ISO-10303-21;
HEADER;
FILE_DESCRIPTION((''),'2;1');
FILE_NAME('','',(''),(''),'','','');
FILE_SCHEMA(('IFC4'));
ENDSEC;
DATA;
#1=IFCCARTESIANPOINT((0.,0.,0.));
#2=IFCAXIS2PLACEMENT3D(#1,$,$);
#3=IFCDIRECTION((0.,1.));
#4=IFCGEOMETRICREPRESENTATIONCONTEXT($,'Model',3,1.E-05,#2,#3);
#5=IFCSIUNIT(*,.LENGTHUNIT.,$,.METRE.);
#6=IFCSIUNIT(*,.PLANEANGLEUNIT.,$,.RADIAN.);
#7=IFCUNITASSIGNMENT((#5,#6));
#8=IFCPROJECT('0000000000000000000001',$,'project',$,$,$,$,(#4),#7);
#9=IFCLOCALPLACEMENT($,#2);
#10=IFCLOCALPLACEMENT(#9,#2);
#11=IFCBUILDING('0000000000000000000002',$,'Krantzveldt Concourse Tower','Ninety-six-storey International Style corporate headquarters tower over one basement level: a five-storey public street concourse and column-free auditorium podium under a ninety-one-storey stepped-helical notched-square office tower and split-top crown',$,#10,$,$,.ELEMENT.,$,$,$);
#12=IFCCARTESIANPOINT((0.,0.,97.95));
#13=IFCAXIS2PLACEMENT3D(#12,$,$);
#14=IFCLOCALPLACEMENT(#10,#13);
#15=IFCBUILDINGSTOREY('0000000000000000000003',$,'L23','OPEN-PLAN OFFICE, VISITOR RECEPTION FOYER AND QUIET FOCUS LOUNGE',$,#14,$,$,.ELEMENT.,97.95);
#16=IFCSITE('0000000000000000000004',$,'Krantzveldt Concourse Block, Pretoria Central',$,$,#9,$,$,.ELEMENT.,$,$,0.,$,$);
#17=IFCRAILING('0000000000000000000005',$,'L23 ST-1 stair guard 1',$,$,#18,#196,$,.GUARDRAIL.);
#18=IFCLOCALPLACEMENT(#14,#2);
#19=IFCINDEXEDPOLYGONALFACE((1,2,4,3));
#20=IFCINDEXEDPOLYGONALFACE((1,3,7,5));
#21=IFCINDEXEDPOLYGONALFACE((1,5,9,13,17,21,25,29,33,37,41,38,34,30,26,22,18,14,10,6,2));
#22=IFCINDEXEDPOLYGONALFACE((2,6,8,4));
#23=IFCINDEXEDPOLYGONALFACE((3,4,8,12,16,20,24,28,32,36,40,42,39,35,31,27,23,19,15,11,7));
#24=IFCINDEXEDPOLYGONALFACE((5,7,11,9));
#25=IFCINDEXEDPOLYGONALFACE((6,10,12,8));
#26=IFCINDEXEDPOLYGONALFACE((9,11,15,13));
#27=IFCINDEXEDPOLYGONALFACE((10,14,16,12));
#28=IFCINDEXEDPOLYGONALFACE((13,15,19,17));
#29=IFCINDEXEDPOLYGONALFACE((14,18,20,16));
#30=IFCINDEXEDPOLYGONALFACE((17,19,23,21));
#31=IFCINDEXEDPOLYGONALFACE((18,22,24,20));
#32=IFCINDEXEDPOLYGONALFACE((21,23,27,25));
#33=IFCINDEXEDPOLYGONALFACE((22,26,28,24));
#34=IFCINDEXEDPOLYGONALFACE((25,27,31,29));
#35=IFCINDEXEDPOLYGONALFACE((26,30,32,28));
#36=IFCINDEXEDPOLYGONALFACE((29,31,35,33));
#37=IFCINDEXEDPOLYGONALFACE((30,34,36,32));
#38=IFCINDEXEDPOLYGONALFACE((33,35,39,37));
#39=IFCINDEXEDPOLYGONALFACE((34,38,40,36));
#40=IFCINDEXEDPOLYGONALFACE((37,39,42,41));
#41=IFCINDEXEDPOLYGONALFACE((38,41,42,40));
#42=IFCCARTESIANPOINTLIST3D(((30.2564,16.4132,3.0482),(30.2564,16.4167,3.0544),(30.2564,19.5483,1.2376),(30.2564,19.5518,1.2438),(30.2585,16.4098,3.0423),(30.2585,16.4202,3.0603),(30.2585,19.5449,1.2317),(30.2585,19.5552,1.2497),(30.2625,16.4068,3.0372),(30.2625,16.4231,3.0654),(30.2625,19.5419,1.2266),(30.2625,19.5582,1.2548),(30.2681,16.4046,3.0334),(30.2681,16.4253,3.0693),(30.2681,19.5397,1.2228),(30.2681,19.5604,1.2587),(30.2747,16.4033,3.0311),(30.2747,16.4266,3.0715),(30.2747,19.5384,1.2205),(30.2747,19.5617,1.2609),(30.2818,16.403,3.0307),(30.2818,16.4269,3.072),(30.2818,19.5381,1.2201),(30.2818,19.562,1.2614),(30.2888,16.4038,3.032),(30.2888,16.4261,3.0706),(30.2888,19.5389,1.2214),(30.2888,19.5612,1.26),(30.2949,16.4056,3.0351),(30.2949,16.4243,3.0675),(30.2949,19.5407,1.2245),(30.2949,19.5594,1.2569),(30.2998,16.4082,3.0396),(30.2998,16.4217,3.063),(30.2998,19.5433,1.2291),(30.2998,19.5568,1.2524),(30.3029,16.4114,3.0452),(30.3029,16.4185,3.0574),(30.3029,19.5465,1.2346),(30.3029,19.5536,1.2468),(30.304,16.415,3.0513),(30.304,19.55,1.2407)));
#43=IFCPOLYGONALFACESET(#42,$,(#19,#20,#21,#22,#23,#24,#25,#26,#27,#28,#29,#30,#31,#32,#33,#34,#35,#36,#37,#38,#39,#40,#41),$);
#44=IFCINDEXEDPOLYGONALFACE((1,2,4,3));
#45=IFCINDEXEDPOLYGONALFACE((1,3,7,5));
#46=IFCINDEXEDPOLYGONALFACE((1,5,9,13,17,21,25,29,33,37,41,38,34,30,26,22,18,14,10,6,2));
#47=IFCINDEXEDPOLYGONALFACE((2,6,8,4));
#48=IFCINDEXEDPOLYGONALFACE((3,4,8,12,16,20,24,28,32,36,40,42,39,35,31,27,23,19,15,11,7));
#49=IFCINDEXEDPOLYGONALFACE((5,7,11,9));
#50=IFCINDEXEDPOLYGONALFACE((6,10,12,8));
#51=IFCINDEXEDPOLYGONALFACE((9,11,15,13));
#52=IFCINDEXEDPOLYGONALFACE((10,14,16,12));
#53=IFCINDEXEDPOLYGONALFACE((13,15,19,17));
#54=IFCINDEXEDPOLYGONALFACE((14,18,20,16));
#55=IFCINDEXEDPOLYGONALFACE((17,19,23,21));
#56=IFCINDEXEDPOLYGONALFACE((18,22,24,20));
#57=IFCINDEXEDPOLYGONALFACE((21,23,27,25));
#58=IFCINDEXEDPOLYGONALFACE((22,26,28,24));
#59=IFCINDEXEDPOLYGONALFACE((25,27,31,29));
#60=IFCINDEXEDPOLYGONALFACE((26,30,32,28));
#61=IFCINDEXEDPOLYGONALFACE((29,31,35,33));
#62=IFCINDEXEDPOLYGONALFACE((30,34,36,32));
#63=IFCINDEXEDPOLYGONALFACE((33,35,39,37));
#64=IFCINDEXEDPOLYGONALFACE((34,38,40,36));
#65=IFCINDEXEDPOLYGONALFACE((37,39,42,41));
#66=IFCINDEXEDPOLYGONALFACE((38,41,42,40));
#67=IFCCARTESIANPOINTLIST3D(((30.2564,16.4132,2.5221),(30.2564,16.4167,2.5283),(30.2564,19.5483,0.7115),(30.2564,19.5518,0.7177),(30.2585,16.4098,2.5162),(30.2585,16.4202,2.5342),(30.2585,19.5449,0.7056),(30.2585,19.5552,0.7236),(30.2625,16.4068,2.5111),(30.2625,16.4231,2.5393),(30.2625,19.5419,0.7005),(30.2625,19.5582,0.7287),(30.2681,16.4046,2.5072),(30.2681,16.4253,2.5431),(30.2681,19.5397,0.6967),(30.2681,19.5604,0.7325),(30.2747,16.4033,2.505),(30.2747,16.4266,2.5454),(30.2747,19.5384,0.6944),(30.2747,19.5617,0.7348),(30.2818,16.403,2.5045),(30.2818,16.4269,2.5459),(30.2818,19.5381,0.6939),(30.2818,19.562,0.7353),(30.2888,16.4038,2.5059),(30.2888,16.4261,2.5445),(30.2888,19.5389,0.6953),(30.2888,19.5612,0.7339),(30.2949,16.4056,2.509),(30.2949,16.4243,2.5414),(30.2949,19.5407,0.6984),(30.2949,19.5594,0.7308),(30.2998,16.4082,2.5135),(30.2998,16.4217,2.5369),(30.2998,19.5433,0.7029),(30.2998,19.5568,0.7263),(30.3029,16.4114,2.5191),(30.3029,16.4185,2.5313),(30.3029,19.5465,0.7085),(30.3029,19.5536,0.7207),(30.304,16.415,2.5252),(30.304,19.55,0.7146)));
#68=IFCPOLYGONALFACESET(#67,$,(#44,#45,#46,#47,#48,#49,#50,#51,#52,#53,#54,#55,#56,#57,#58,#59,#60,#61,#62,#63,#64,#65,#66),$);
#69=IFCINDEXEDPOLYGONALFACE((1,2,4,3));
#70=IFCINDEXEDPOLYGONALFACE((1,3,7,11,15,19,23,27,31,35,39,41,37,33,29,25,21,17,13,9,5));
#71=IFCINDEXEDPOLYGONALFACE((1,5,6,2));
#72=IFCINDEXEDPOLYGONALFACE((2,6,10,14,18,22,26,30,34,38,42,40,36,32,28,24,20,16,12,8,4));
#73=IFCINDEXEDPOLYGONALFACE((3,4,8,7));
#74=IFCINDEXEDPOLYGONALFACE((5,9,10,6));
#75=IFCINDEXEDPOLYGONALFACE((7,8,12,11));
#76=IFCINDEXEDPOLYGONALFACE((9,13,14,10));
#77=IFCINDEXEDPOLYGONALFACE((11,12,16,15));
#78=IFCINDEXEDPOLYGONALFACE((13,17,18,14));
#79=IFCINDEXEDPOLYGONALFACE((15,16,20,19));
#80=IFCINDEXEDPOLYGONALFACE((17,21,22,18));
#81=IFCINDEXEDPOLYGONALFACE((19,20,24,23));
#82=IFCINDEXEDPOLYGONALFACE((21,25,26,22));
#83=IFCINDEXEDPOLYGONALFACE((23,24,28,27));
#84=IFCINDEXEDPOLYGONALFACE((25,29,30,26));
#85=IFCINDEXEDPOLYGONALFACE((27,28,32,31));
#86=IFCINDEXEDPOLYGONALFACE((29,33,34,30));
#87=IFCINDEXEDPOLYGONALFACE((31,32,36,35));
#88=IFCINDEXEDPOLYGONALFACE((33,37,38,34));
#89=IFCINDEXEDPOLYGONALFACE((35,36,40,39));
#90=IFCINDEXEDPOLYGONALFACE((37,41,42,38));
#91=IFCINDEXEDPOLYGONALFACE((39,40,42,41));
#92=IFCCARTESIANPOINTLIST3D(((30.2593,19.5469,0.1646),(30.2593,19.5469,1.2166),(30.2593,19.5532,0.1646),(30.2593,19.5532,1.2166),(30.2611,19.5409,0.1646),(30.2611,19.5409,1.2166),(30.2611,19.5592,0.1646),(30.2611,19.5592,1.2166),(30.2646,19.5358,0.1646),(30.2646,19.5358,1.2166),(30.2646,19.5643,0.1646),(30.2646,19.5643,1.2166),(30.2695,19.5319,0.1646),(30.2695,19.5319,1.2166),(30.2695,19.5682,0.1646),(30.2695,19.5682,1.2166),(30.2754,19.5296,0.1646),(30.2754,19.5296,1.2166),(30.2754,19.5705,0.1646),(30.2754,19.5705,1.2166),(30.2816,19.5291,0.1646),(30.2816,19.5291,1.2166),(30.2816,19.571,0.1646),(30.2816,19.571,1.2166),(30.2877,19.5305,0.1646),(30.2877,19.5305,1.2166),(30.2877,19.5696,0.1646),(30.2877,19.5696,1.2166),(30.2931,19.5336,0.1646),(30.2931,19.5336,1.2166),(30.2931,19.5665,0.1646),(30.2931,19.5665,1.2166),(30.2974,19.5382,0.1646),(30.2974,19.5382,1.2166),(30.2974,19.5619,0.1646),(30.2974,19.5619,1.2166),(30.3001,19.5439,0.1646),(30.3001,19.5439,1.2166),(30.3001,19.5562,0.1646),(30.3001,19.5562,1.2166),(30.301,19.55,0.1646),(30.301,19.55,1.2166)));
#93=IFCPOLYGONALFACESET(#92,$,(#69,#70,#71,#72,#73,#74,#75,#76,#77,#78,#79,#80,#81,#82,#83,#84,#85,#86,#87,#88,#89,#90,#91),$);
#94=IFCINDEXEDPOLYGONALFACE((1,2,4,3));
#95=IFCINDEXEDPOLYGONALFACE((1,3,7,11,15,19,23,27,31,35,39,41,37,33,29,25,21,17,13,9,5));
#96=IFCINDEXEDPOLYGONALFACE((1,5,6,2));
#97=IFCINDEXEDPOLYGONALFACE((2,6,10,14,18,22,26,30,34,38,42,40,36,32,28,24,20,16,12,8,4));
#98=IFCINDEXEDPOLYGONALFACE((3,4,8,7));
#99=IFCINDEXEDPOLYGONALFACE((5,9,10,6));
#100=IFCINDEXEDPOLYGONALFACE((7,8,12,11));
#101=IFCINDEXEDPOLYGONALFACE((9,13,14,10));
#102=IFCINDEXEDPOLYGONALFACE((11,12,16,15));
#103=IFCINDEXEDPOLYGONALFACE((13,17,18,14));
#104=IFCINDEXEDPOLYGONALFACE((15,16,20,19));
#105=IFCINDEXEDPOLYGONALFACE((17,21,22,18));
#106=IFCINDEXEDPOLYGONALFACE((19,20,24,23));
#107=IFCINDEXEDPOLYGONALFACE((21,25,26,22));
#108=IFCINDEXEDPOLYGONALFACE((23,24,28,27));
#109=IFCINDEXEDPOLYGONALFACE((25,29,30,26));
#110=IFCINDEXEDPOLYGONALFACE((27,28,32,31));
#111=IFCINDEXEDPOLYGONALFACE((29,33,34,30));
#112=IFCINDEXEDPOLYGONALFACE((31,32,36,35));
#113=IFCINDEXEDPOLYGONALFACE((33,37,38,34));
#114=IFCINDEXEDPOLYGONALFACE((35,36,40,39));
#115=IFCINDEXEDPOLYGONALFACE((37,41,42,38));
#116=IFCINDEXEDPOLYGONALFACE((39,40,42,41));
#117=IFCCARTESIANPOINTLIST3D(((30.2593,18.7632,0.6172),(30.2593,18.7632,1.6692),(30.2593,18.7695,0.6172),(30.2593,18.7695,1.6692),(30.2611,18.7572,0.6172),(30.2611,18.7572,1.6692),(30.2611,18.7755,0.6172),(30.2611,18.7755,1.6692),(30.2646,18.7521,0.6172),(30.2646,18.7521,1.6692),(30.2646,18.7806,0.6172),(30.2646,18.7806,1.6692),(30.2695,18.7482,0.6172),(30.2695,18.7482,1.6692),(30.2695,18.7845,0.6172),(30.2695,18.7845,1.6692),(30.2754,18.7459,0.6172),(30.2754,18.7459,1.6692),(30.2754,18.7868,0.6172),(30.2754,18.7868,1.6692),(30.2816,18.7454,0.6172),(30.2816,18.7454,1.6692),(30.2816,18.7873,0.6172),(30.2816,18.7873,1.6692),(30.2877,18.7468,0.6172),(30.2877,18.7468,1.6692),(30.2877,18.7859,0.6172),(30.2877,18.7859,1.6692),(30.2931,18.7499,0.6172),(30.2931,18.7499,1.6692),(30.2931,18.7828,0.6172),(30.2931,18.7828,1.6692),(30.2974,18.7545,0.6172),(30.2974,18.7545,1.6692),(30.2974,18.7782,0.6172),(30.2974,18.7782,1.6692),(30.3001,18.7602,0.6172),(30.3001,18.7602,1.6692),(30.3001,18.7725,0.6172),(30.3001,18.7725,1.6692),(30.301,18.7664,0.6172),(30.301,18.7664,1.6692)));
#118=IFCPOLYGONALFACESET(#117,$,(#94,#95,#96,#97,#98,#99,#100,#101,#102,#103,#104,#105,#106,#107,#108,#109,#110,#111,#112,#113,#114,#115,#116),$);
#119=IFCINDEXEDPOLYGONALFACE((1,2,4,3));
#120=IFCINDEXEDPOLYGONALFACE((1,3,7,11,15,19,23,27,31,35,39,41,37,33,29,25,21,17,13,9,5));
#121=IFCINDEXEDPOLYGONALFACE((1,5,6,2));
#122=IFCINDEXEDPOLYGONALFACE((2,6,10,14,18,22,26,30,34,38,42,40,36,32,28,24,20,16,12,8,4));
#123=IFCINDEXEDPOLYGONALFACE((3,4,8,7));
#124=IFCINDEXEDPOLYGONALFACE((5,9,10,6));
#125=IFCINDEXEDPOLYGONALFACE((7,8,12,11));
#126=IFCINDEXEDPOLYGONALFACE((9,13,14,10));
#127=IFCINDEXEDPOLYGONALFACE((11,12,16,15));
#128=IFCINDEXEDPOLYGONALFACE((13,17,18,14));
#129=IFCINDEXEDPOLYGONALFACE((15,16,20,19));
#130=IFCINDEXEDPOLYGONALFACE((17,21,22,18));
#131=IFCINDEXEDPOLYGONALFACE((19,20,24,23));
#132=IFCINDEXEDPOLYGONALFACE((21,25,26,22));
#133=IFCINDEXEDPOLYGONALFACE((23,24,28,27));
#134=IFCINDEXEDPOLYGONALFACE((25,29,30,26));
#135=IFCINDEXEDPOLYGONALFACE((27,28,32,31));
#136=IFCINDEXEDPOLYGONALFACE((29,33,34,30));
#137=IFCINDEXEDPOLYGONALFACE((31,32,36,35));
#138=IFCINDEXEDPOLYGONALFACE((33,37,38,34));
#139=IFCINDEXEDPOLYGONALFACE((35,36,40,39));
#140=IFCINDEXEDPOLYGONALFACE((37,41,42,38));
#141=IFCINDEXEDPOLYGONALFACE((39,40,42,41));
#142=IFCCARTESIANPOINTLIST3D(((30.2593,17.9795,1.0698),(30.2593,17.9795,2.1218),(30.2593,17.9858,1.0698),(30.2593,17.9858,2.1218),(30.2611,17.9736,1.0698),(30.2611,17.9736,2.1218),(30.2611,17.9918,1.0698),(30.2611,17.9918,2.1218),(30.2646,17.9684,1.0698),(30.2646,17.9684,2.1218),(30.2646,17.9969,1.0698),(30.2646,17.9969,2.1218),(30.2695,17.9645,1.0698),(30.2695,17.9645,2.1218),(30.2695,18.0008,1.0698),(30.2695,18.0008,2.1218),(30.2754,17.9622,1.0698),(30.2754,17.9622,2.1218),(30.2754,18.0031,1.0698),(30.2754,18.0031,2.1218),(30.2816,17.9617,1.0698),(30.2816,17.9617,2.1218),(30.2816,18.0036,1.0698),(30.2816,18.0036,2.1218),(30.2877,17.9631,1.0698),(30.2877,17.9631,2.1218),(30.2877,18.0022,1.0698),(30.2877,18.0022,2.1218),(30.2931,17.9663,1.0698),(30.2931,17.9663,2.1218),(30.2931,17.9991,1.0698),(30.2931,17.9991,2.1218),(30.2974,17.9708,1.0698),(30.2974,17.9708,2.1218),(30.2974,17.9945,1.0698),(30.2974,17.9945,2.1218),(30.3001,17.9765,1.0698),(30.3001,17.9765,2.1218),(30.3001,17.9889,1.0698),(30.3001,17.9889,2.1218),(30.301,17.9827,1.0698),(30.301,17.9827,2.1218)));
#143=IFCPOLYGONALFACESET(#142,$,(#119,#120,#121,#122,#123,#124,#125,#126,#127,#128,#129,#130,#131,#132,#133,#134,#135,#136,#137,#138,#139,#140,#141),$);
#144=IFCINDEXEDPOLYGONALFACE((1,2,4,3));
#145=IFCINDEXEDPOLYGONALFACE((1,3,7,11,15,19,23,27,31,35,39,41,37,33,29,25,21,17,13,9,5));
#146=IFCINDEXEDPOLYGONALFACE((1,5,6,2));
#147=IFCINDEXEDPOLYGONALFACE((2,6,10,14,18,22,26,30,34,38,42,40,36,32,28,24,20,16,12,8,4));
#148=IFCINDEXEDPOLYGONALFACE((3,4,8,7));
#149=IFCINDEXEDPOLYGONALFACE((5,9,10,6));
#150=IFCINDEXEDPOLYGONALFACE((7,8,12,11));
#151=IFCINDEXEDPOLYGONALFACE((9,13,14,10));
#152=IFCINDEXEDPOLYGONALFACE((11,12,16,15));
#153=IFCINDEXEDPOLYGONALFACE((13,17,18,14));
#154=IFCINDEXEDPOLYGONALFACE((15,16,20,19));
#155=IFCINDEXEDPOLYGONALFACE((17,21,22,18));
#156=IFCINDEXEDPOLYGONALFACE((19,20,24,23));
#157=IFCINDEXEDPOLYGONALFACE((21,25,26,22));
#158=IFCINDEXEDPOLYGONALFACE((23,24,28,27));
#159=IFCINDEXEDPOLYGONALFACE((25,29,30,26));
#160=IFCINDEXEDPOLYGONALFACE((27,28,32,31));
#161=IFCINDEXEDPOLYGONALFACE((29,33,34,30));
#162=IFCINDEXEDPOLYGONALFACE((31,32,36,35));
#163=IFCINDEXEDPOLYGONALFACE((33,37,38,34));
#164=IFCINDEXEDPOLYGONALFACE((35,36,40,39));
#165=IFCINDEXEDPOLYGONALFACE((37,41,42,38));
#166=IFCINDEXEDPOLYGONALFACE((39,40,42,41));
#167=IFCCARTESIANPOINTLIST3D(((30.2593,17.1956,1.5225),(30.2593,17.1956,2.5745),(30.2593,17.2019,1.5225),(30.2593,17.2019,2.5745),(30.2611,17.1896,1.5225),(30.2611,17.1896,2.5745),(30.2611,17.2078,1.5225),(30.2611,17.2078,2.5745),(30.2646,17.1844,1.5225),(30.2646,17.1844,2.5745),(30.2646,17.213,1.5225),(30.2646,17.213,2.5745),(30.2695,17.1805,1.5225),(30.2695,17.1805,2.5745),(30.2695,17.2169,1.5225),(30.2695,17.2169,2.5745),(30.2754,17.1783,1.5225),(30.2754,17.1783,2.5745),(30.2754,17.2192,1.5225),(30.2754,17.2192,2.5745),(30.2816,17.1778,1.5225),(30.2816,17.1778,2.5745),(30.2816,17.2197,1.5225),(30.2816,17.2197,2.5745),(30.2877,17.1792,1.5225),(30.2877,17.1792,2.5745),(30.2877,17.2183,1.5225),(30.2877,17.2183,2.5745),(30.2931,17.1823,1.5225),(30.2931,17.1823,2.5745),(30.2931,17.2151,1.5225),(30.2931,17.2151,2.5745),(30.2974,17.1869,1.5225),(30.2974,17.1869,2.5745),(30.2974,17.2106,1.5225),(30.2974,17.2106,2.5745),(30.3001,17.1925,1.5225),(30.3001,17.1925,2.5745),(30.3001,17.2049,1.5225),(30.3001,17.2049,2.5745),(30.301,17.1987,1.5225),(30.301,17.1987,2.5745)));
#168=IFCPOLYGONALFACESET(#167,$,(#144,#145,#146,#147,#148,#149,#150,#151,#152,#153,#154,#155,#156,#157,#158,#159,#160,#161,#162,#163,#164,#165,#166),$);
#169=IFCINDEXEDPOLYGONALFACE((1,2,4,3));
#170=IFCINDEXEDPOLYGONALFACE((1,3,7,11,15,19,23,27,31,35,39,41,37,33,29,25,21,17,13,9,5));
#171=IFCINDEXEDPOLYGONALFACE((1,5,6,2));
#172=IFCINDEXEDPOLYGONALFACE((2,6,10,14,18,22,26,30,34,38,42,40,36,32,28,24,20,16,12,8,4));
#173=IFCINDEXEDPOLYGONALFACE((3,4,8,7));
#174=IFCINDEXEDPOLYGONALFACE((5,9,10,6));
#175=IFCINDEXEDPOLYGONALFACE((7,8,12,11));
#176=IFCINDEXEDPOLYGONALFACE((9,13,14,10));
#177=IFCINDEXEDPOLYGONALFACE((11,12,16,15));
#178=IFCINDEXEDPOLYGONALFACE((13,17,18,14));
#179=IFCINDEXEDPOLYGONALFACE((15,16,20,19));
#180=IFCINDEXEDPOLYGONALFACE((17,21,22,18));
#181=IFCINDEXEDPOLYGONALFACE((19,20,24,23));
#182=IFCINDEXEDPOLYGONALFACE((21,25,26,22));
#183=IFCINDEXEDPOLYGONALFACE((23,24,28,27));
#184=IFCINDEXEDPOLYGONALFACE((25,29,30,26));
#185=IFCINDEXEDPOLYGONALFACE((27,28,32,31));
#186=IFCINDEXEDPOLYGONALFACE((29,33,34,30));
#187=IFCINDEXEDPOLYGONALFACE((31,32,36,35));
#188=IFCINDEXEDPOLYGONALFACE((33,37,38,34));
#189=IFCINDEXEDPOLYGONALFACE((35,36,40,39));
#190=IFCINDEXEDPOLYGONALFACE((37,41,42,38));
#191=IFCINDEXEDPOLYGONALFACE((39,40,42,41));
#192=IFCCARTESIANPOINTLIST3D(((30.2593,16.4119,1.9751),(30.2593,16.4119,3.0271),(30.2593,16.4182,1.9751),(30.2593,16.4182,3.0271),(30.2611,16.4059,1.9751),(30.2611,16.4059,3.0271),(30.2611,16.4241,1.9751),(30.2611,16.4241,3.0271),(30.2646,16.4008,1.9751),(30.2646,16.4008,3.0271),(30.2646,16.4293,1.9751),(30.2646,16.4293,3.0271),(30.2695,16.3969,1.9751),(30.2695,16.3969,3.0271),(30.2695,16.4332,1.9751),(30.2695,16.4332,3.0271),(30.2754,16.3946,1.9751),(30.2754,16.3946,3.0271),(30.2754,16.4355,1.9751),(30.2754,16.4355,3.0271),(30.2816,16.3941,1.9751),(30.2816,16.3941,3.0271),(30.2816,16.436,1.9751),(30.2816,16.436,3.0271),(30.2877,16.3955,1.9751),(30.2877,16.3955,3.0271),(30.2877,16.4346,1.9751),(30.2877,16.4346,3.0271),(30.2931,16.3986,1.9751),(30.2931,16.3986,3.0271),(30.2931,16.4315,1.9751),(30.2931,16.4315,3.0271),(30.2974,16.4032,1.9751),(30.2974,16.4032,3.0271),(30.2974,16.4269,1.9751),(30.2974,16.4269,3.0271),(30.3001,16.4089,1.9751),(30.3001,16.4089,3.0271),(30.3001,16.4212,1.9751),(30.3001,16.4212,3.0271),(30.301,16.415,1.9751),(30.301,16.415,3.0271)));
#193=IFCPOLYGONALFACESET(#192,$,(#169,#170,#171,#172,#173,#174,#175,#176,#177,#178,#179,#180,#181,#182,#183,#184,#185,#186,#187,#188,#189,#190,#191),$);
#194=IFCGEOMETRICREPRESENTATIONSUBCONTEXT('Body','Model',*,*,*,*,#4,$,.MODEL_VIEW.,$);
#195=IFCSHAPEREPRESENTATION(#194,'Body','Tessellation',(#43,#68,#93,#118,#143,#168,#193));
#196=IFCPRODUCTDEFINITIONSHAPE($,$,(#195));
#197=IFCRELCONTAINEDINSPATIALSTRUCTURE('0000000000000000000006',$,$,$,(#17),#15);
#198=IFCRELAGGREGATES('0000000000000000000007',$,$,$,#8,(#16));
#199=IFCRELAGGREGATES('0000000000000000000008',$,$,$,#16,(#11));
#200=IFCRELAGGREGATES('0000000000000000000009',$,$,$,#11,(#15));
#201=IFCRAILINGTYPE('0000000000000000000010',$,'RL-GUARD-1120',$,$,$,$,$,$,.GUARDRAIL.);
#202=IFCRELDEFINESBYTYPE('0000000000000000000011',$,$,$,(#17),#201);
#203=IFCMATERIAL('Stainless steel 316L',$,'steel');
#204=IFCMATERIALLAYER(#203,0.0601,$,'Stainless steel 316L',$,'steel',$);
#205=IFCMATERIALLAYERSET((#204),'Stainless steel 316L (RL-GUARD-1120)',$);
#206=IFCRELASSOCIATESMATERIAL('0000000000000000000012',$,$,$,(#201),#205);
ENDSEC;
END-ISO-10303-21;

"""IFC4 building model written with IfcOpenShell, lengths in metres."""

from ifc_helpers import new_model, si_unit, direction, frame, origin, origin_2d, place, context, subcontext, project, spatial, circle, extrude, material, layer, layer_set, type_object, element, save


model = new_model("IFC4")

# Units and contexts
model_context = context("Model", 3, precision=1e-05, world=origin(), true_north=direction((0.0, 1.0)))
body_context = subcontext(model_context, "Body", "Model", "MODEL_VIEW")
ifc_project = project(units=[si_unit("LENGTHUNIT", "METRE"), si_unit("PLANEANGLEUNIT", "RADIAN")], contexts=[model_context])

# Site, building, storey
site_placement = place(None, origin())
site = spatial("IfcSite", under=ifc_project, at=site_placement, Name="Krantzveldt Concourse Block, Pretoria Central", CompositionType="ELEMENT", RefElevation=0.0)
building_placement = place(site_placement, origin())
building = spatial("IfcBuilding", under=site, at=building_placement, Name="Krantzveldt Concourse Tower", Description="Ninety-six-storey International Style corporate headquarters tower over one basement level: a five-storey public street concourse and column-free auditorium podium under a ninety-one-storey stepped-helical notched-square office tower and split-top crown", CompositionType="ELEMENT")
storey_placement = place(building_placement, frame((0.0, 0.0, 97.95)))
storey = spatial("IfcBuildingStorey", under=building, at=storey_placement, Name="L23", Description="OPEN-PLAN OFFICE, VISITOR RECEPTION FOYER AND QUIET FOCUS LOUNGE", CompositionType="ELEMENT", Elevation=97.95)

# Railing
ifc_material_1 = material(Name="Stainless steel 316L", Category="steel")
ifc_layer_1 = layer(ifc_material_1, 0.0601, Name="Stainless steel 316L", Category="steel")
ifc_layer_set_1 = layer_set([ifc_layer_1], Name="Stainless steel 316L (RL-GUARD-1120)")
railing_type_1 = type_object("IfcRailingType", Name="RL-GUARD-1120", PredefinedType="GUARDRAIL", material=ifc_layer_set_1)
railing_1_placement = place(storey_placement, frame((30.28, 19.55, 0.1646)))
element("IfcRailing", 1, at=railing_1_placement, inside=storey, type_object=railing_type_1, Name="L23 ST-1 stair guard 1", PredefinedType="GUARDRAIL", context=body_context, shape_type="SweptSolid", body=[
    extrude(circle(Radius=0.0239, at=origin_2d()), frame((0.0, 0.0, 1.0762), z_axis=(0.0, -0.86596, 0.500114), x_axis=(1.0, 0.0, 0.0)), (0.0, 0.0, 1.0), 3.6204),
    extrude(circle(Radius=0.0239, at=origin_2d()), frame((0.0, 0.0, 0.55), z_axis=(0.0, -0.86596, 0.500114), x_axis=(1.0, 0.0, 0.0)), (0.0, 0.0, 1.0), 3.6204),
    extrude(circle(Radius=0.021, at=origin_2d()), origin(), (0.0, 0.0, 1.0), 1.052),
    extrude(circle(Radius=0.021, at=origin_2d()), frame((0.0, -0.7837, 0.4526)), (0.0, 0.0, 1.0), 1.052),
    extrude(circle(Radius=0.021, at=origin_2d()), frame((0.0, -1.5674, 0.9053)), (0.0, 0.0, 1.0), 1.052),
    extrude(circle(Radius=0.021, at=origin_2d()), frame((0.0, -2.3513, 1.3579)), (0.0, 0.0, 1.0), 1.052),
    extrude(circle(Radius=0.021, at=origin_2d()), frame((0.0, -3.135, 1.8105)), (0.0, 0.0, 1.0), 1.052),
])

save(model, "model.ifc")
